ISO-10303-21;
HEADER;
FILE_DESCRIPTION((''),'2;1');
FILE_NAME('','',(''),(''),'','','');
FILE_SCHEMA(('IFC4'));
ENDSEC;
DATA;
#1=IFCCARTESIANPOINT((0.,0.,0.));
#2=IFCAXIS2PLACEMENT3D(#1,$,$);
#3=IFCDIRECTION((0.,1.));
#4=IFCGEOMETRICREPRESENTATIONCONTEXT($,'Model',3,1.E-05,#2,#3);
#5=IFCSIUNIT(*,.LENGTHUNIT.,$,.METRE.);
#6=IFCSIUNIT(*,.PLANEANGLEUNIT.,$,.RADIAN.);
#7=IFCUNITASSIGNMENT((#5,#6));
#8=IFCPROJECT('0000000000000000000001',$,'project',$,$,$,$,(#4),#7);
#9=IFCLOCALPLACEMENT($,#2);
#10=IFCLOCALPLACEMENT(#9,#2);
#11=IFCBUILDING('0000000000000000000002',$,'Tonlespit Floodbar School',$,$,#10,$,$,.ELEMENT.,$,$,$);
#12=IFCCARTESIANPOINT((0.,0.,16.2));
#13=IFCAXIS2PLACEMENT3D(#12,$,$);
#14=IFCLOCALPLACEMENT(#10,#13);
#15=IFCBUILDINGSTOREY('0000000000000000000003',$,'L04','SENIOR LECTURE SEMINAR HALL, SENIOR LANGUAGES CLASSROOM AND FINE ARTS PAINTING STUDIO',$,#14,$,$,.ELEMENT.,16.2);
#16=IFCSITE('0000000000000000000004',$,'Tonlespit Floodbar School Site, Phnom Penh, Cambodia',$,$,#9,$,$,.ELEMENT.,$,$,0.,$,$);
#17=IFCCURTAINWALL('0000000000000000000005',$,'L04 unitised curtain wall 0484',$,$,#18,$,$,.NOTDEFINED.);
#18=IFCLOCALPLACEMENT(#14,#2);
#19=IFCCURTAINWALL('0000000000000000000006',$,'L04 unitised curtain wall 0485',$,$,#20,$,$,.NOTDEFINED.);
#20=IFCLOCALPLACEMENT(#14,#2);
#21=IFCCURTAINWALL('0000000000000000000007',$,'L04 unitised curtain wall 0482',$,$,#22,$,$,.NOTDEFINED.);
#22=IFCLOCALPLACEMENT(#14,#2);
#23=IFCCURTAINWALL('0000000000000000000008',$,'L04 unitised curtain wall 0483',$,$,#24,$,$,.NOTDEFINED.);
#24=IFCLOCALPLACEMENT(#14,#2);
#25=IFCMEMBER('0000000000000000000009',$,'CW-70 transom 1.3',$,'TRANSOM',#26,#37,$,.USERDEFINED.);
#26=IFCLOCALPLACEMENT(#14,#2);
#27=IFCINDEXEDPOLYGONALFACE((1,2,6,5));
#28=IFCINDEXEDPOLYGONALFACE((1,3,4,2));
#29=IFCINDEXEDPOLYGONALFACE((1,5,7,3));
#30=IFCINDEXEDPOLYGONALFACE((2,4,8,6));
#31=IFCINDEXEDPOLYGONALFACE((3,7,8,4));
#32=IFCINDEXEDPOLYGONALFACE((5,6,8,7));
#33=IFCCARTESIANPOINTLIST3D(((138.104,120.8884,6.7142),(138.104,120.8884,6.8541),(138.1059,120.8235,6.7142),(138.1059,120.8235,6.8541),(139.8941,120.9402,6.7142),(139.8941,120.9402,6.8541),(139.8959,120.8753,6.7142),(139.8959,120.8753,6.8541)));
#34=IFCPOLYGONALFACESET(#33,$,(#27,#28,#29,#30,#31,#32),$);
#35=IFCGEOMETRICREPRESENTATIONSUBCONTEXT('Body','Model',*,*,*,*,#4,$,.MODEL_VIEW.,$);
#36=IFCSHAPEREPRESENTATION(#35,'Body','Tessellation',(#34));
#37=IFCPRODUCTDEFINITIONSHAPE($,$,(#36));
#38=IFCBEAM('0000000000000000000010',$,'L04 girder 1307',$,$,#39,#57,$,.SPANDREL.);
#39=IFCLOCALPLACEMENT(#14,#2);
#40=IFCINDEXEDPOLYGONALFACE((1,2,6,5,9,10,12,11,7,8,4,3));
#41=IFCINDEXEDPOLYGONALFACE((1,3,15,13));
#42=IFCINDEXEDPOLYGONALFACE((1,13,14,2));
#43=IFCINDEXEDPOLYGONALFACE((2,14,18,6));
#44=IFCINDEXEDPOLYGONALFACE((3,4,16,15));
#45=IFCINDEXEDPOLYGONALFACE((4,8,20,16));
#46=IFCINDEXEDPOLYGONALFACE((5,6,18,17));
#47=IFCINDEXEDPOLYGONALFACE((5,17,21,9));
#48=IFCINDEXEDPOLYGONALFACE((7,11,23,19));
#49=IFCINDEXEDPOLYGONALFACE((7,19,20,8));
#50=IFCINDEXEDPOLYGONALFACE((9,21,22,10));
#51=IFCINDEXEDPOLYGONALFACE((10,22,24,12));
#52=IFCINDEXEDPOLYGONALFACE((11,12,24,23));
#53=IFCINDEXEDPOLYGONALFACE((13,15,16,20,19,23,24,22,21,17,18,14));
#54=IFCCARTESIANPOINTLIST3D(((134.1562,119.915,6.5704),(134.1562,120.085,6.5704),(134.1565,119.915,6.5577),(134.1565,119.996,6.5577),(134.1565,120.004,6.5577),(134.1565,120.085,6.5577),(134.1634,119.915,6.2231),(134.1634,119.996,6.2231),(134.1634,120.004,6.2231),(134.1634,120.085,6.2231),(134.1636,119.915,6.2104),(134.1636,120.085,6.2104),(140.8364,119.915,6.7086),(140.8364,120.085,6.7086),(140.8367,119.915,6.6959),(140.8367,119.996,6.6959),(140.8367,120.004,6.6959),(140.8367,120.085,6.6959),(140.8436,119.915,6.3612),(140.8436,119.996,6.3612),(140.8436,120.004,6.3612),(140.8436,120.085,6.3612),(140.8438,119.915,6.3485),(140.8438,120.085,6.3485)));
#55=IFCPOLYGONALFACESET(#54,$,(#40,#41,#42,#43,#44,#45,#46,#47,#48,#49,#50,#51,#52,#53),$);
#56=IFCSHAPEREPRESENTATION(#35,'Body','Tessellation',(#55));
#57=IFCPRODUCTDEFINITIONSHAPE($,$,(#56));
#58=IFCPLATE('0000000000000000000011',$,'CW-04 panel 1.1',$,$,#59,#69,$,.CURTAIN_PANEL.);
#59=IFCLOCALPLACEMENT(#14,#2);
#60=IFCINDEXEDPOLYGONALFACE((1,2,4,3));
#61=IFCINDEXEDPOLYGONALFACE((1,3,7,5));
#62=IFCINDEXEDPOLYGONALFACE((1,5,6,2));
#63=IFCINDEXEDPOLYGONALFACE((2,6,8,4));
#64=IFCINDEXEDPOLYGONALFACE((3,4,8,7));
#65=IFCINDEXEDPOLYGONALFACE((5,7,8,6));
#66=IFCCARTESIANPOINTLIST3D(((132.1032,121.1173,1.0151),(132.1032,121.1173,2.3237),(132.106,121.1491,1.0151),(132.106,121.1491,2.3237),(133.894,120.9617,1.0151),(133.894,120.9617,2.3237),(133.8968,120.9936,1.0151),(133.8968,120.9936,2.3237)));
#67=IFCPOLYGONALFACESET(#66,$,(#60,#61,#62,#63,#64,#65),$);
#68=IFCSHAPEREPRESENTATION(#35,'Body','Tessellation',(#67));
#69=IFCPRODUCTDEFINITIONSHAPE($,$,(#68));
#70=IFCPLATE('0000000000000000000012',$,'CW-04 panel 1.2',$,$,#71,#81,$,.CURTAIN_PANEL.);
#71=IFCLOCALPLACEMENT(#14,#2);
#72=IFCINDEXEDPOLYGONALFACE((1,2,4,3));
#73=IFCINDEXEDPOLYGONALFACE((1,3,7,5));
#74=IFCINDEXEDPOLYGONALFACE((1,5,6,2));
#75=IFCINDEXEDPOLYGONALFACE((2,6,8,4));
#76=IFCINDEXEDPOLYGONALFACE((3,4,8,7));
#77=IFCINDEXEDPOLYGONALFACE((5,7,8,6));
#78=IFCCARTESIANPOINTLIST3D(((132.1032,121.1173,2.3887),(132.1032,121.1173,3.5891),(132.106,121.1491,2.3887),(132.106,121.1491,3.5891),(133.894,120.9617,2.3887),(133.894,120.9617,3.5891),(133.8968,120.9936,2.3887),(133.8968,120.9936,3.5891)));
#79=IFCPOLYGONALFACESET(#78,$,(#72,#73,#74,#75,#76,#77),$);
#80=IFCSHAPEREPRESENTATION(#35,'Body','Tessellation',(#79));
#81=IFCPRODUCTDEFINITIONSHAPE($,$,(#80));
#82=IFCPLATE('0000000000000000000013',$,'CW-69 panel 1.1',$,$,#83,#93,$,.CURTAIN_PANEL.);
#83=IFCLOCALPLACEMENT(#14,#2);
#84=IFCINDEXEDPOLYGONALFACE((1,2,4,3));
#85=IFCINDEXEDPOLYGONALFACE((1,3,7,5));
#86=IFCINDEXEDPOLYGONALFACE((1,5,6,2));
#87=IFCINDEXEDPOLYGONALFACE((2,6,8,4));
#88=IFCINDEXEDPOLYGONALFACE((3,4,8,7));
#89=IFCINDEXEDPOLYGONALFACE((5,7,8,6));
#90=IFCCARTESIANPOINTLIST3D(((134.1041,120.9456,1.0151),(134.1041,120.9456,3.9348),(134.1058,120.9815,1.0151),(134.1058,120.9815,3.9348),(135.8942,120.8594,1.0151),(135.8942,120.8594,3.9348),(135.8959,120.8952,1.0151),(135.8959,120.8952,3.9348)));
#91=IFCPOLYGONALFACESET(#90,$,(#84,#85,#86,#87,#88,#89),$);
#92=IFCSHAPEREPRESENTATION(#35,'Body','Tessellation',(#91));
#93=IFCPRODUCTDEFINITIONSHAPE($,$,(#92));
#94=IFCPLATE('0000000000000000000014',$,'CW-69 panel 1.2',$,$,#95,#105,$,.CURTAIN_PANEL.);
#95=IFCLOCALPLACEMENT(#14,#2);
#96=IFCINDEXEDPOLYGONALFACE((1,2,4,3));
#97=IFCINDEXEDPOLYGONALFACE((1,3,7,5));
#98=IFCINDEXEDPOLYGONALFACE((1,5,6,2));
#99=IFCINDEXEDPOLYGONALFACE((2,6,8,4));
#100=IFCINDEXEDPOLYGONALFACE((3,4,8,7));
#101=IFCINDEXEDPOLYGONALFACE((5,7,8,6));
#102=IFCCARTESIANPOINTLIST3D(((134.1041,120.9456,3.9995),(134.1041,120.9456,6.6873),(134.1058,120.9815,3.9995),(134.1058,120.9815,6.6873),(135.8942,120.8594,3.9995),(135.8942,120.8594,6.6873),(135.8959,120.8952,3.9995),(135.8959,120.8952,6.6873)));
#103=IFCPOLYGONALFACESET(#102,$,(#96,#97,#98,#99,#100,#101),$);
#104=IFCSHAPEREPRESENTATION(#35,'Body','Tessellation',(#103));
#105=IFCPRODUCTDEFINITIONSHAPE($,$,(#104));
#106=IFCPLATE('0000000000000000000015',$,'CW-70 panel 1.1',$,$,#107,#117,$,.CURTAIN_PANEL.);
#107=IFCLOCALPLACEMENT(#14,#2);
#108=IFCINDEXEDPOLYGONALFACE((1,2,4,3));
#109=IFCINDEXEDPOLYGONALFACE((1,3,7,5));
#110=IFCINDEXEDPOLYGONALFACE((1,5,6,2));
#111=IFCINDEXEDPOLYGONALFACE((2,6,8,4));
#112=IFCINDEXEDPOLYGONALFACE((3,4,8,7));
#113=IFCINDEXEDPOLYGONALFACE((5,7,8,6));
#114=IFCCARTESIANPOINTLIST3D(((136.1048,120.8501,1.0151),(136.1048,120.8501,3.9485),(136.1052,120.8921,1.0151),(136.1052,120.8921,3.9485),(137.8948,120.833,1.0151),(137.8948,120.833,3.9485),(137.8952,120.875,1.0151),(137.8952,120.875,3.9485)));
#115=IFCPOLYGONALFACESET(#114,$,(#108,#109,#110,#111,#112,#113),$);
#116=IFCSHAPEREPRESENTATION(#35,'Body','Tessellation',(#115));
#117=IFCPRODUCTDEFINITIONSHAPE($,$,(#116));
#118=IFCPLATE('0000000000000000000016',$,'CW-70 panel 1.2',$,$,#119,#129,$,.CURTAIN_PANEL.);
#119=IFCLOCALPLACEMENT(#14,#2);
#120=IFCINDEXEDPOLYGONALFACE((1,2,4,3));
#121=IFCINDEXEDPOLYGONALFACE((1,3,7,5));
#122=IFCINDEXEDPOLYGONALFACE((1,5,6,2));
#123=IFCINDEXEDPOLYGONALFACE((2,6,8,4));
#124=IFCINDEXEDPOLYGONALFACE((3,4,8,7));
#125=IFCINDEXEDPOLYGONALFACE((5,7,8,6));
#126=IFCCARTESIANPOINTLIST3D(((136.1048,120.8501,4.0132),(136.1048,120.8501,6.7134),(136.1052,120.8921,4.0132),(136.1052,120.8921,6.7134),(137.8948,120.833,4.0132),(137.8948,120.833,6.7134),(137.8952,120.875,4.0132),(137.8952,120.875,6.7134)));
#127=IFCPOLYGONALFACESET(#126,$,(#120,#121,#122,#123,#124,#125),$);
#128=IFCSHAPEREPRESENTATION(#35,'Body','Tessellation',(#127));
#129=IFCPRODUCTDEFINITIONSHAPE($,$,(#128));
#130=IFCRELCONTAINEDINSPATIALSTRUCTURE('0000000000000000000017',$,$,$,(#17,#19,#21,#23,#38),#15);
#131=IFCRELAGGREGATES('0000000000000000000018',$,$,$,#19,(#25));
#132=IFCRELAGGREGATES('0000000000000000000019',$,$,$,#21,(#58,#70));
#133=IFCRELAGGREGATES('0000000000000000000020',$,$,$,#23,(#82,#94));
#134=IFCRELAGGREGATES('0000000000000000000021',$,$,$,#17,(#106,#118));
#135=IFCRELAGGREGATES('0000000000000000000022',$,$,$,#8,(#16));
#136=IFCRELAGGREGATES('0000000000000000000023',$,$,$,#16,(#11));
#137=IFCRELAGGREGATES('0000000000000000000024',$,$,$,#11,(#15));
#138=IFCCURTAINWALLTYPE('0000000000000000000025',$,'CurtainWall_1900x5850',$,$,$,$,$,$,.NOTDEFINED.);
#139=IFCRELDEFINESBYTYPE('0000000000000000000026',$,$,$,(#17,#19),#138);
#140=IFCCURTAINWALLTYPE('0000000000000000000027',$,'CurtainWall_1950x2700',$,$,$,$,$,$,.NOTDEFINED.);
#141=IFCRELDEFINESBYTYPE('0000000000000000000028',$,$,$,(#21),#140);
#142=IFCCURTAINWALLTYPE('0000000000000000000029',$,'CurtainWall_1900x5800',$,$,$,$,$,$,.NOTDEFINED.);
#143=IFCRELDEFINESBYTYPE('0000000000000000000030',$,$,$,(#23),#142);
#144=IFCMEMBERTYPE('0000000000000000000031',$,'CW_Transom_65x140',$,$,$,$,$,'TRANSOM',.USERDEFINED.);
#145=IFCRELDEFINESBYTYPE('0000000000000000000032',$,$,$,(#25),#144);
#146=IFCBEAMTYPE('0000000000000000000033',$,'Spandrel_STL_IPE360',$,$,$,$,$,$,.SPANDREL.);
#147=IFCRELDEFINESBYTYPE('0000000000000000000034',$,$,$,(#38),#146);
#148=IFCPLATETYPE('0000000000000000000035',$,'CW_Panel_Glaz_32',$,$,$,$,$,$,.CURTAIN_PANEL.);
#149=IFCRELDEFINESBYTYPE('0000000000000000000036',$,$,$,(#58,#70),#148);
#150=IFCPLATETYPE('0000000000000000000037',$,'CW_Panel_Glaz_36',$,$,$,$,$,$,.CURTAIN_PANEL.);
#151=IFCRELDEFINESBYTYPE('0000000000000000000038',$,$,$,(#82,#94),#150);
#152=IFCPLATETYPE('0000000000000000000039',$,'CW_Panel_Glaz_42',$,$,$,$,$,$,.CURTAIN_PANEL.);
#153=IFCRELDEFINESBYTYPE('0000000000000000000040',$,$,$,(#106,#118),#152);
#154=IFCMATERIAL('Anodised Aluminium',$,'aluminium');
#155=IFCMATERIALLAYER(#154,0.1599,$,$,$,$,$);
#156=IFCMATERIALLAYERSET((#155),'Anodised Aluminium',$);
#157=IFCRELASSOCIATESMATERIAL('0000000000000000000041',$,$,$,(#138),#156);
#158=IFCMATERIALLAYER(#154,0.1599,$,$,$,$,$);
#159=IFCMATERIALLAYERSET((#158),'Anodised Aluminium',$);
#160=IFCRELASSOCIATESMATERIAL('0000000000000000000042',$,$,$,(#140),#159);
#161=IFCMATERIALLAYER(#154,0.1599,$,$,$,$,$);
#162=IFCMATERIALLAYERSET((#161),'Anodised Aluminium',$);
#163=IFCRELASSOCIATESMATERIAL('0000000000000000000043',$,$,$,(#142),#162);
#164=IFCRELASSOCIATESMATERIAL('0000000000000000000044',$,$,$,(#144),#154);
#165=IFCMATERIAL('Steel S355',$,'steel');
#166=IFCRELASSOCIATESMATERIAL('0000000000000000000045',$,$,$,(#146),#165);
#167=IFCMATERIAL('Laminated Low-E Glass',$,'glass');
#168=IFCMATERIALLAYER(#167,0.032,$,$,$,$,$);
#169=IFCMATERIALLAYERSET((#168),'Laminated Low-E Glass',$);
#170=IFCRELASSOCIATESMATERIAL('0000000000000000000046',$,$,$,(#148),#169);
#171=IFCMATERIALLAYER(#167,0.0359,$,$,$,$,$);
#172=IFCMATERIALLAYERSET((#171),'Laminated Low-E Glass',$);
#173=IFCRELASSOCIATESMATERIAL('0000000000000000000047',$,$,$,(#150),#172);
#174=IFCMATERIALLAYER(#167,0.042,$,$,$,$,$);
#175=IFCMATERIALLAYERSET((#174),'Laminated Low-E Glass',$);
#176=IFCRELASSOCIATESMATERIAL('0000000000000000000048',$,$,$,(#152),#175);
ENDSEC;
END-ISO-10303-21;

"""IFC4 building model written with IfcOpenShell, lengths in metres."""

from ifc_helpers import new_model, si_unit, direction, frame, origin, origin_2d, place, context, subcontext, project, spatial, rectangle, i_section, extrude, material, layer, layer_set, material_profile, profile_set, type_object, element, aggregate, save


model = new_model("IFC4")

# Units and contexts
model_context = context("Model", 3, precision=1e-05, world=origin(), true_north=direction((0.0, 1.0)))
body_context = subcontext(model_context, "Body", "Model", "MODEL_VIEW")
ifc_project = project(units=[si_unit("LENGTHUNIT", "METRE"), si_unit("PLANEANGLEUNIT", "RADIAN")], contexts=[model_context])

# Site, building, storey
site_placement = place(None, origin())
site = spatial("IfcSite", under=ifc_project, at=site_placement, Name="Tonlespit Floodbar School Site, Phnom Penh, Cambodia", CompositionType="ELEMENT", RefElevation=0.0)
building_placement = place(site_placement, origin())
building = spatial("IfcBuilding", under=site, at=building_placement, Name="Tonlespit Floodbar School", CompositionType="ELEMENT")
storey_placement = place(building_placement, frame((0.0, 0.0, 16.2)))
storey = spatial("IfcBuildingStorey", under=building, at=storey_placement, Name="L04", Description="SENIOR LECTURE SEMINAR HALL, SENIOR LANGUAGES CLASSROOM AND FINE ARTS PAINTING STUDIO", CompositionType="ELEMENT", Elevation=16.2)

# Curtain wall
ifc_material_1 = material(Name="Anodised Aluminium", Category="aluminium")
ifc_layer_1 = layer(ifc_material_1, 0.1599)
ifc_layer_set_1 = layer_set([ifc_layer_1], Name="Anodised Aluminium")
curtain_wall_type_1 = type_object("IfcCurtainWallType", Name="CurtainWall_1900x5850", PredefinedType="NOTDEFINED", material=ifc_layer_set_1)
curtain_wall_1_placement = place(storey_placement, origin())
curtain_wall_1 = element("IfcCurtainWall", 1, at=curtain_wall_1_placement, inside=storey, type_object=curtain_wall_type_1, Name="L04 unitised curtain wall 0484", PredefinedType="NOTDEFINED")

# Curtain wall
curtain_wall_2_placement = place(storey_placement, origin())
curtain_wall_2 = element("IfcCurtainWall", 2, at=curtain_wall_2_placement, inside=storey, type_object=curtain_wall_type_1, Name="L04 unitised curtain wall 0485", PredefinedType="NOTDEFINED")

# Curtain wall
ifc_layer_2 = layer(ifc_material_1, 0.1599)
ifc_layer_set_2 = layer_set([ifc_layer_2], Name="Anodised Aluminium")
curtain_wall_type_2 = type_object("IfcCurtainWallType", Name="CurtainWall_1950x2700", PredefinedType="NOTDEFINED", material=ifc_layer_set_2)
curtain_wall_3_placement = place(storey_placement, origin())
curtain_wall_3 = element("IfcCurtainWall", 3, at=curtain_wall_3_placement, inside=storey, type_object=curtain_wall_type_2, Name="L04 unitised curtain wall 0482", PredefinedType="NOTDEFINED")

# Curtain wall
ifc_layer_3 = layer(ifc_material_1, 0.1599)
ifc_layer_set_3 = layer_set([ifc_layer_3], Name="Anodised Aluminium")
curtain_wall_type_3 = type_object("IfcCurtainWallType", Name="CurtainWall_1900x5800", PredefinedType="NOTDEFINED", material=ifc_layer_set_3)
curtain_wall_4_placement = place(storey_placement, origin())
curtain_wall_4 = element("IfcCurtainWall", 4, at=curtain_wall_4_placement, inside=storey, type_object=curtain_wall_type_3, Name="L04 unitised curtain wall 0483", PredefinedType="NOTDEFINED")
ifc_material_profile_1 = material_profile(ifc_material_1, rectangle(XDim=0.0649, YDim=0.1399, at=origin_2d()), Name="ALU T65x140")
ifc_profile_set_1 = profile_set([ifc_material_profile_1], Name="Anodised Aluminium")
member_type_1 = type_object("IfcMemberType", Name="CW_Transom_65x140", ElementType="TRANSOM", PredefinedType="USERDEFINED", material=ifc_profile_set_1)

# Member
member_1_placement = place(storey_placement, frame((138.105, 120.856, 6.7842), z_axis=(0.999582, 0.028902, 0.0), x_axis=(-0.028902, 0.999582, 0.0)))
member_1 = element("IfcMember", 5, at=member_1_placement, type_object=member_type_1, Name="CW-70 transom 1.3", ObjectType="TRANSOM", PredefinedType="USERDEFINED", context=body_context, shape_type="SweptSolid", body=[
    extrude(rectangle(XDim=0.0649, YDim=0.1399, at=origin_2d()), origin(), (0.0, 0.0, 1.0), 1.7908),
])
aggregate(curtain_wall_2, [member_1])

# Beam
ifc_material_2 = material(Name="Steel S355", Category="steel")
ifc_material_profile_2 = material_profile(ifc_material_2, i_section(OverallWidth=0.1699, OverallDepth=0.3601, WebThickness=0.0081, FlangeThickness=0.0127, at=origin_2d()), Name="IPE 360")
ifc_profile_set_2 = profile_set([ifc_material_profile_2], Name="Steel S355")
beam_type = type_object("IfcBeamType", Name="Spandrel_STL_IPE360", PredefinedType="SPANDREL", material=ifc_profile_set_2)
beam_placement = place(storey_placement, frame((134.1599, 120.0, 6.3904), z_axis=(0.999786, 0.0, 0.020681), x_axis=(0.0, 1.0, 0.0)))
element("IfcBeam", 6, at=beam_placement, inside=storey, type_object=beam_type, Name="L04 girder 1307", PredefinedType="SPANDREL", context=body_context, shape_type="SweptSolid", body=[
    extrude(i_section(OverallWidth=0.1699, OverallDepth=0.3601, WebThickness=0.0081, FlangeThickness=0.0127, at=origin_2d()), origin(), (0.0, 0.0, 1.0), 6.6816),
])

# Plates
ifc_material_3 = material(Name="Laminated Low-E Glass", Category="glass")
ifc_layer_4 = layer(ifc_material_3, 0.032)
ifc_layer_set_4 = layer_set([ifc_layer_4], Name="Laminated Low-E Glass")
plate_type_1 = type_object("IfcPlateType", Name="CW_Panel_Glaz_32", PredefinedType="CURTAIN_PANEL", material=ifc_layer_set_4)
plate_1_placement = place(storey_placement, frame((133.0, 121.0554, 1.0151), z_axis=(0.0, 0.0, 1.0), x_axis=(0.996249, -0.086531, 0.0)))
plate_1 = element("IfcPlate", 7, at=plate_1_placement, type_object=plate_type_1, Name="CW-04 panel 1.1", PredefinedType="CURTAIN_PANEL", context=body_context, shape_type="SweptSolid", body=[
    extrude(rectangle(XDim=1.7976, YDim=0.032, at=origin_2d()), origin(), (0.0, 0.0, 1.0), 1.3086),
])
plate_2_placement = place(storey_placement, frame((133.0, 121.0554, 2.3887), z_axis=(0.0, 0.0, 1.0), x_axis=(0.996249, -0.086531, 0.0)))
plate_2 = element("IfcPlate", 8, at=plate_2_placement, type_object=plate_type_1, Name="CW-04 panel 1.2", PredefinedType="CURTAIN_PANEL", context=body_context, shape_type="SweptSolid", body=[
    extrude(rectangle(XDim=1.7976, YDim=0.032, at=origin_2d()), origin(), (0.0, 0.0, 1.0), 1.2004),
])
aggregate(curtain_wall_3, [plate_1, plate_2])
ifc_layer_5 = layer(ifc_material_3, 0.0359)
ifc_layer_set_5 = layer_set([ifc_layer_5], Name="Laminated Low-E Glass")
plate_type_2 = type_object("IfcPlateType", Name="CW_Panel_Glaz_36", PredefinedType="CURTAIN_PANEL", material=ifc_layer_set_5)
plate_3_placement = place(storey_placement, frame((135.0, 120.9204, 1.0151), z_axis=(0.0, 0.0, 1.0), x_axis=(0.998842, -0.048121, 0.0)))
plate_3 = element("IfcPlate", 9, at=plate_3_placement, type_object=plate_type_2, Name="CW-69 panel 1.1", PredefinedType="CURTAIN_PANEL", context=body_context, shape_type="SweptSolid", body=[
    extrude(rectangle(XDim=1.7922, YDim=0.0359, at=origin_2d()), origin(), (0.0, 0.0, 1.0), 2.9197),
])
plate_4_placement = place(storey_placement, frame((135.0, 120.9204, 3.9995), z_axis=(0.0, 0.0, 1.0), x_axis=(0.998842, -0.048121, 0.0)))
plate_4 = element("IfcPlate", 10, at=plate_4_placement, type_object=plate_type_2, Name="CW-69 panel 1.2", PredefinedType="CURTAIN_PANEL", context=body_context, shape_type="SweptSolid", body=[
    extrude(rectangle(XDim=1.7922, YDim=0.0359, at=origin_2d()), origin(), (0.0, 0.0, 1.0), 2.6877),
])
aggregate(curtain_wall_4, [plate_3, plate_4])
ifc_layer_6 = layer(ifc_material_3, 0.042)
ifc_layer_set_6 = layer_set([ifc_layer_6], Name="Laminated Low-E Glass")
plate_type_3 = type_object("IfcPlateType", Name="CW_Panel_Glaz_42", PredefinedType="CURTAIN_PANEL", material=ifc_layer_set_6)
plate_5_placement = place(storey_placement, frame((137.0, 120.8625, 1.0151), z_axis=(0.0, 0.0, 1.0), x_axis=(0.999954, -0.009583, 0.0)))
plate_5 = element("IfcPlate", 11, at=plate_5_placement, type_object=plate_type_3, Name="CW-70 panel 1.1", PredefinedType="CURTAIN_PANEL", context=body_context, shape_type="SweptSolid", body=[
    extrude(rectangle(XDim=1.79, YDim=0.042, at=origin_2d()), origin(), (0.0, 0.0, 1.0), 2.9333),
])
plate_6_placement = place(storey_placement, frame((137.0, 120.8625, 4.0132), z_axis=(0.0, 0.0, 1.0), x_axis=(0.999954, -0.009583, 0.0)))
plate_6 = element("IfcPlate", 12, at=plate_6_placement, type_object=plate_type_3, Name="CW-70 panel 1.2", PredefinedType="CURTAIN_PANEL", context=body_context, shape_type="SweptSolid", body=[
    extrude(rectangle(XDim=1.79, YDim=0.042, at=origin_2d()), origin(), (0.0, 0.0, 1.0), 2.7002),
])
aggregate(curtain_wall_1, [plate_5, plate_6])

save(model, "model.ifc")
